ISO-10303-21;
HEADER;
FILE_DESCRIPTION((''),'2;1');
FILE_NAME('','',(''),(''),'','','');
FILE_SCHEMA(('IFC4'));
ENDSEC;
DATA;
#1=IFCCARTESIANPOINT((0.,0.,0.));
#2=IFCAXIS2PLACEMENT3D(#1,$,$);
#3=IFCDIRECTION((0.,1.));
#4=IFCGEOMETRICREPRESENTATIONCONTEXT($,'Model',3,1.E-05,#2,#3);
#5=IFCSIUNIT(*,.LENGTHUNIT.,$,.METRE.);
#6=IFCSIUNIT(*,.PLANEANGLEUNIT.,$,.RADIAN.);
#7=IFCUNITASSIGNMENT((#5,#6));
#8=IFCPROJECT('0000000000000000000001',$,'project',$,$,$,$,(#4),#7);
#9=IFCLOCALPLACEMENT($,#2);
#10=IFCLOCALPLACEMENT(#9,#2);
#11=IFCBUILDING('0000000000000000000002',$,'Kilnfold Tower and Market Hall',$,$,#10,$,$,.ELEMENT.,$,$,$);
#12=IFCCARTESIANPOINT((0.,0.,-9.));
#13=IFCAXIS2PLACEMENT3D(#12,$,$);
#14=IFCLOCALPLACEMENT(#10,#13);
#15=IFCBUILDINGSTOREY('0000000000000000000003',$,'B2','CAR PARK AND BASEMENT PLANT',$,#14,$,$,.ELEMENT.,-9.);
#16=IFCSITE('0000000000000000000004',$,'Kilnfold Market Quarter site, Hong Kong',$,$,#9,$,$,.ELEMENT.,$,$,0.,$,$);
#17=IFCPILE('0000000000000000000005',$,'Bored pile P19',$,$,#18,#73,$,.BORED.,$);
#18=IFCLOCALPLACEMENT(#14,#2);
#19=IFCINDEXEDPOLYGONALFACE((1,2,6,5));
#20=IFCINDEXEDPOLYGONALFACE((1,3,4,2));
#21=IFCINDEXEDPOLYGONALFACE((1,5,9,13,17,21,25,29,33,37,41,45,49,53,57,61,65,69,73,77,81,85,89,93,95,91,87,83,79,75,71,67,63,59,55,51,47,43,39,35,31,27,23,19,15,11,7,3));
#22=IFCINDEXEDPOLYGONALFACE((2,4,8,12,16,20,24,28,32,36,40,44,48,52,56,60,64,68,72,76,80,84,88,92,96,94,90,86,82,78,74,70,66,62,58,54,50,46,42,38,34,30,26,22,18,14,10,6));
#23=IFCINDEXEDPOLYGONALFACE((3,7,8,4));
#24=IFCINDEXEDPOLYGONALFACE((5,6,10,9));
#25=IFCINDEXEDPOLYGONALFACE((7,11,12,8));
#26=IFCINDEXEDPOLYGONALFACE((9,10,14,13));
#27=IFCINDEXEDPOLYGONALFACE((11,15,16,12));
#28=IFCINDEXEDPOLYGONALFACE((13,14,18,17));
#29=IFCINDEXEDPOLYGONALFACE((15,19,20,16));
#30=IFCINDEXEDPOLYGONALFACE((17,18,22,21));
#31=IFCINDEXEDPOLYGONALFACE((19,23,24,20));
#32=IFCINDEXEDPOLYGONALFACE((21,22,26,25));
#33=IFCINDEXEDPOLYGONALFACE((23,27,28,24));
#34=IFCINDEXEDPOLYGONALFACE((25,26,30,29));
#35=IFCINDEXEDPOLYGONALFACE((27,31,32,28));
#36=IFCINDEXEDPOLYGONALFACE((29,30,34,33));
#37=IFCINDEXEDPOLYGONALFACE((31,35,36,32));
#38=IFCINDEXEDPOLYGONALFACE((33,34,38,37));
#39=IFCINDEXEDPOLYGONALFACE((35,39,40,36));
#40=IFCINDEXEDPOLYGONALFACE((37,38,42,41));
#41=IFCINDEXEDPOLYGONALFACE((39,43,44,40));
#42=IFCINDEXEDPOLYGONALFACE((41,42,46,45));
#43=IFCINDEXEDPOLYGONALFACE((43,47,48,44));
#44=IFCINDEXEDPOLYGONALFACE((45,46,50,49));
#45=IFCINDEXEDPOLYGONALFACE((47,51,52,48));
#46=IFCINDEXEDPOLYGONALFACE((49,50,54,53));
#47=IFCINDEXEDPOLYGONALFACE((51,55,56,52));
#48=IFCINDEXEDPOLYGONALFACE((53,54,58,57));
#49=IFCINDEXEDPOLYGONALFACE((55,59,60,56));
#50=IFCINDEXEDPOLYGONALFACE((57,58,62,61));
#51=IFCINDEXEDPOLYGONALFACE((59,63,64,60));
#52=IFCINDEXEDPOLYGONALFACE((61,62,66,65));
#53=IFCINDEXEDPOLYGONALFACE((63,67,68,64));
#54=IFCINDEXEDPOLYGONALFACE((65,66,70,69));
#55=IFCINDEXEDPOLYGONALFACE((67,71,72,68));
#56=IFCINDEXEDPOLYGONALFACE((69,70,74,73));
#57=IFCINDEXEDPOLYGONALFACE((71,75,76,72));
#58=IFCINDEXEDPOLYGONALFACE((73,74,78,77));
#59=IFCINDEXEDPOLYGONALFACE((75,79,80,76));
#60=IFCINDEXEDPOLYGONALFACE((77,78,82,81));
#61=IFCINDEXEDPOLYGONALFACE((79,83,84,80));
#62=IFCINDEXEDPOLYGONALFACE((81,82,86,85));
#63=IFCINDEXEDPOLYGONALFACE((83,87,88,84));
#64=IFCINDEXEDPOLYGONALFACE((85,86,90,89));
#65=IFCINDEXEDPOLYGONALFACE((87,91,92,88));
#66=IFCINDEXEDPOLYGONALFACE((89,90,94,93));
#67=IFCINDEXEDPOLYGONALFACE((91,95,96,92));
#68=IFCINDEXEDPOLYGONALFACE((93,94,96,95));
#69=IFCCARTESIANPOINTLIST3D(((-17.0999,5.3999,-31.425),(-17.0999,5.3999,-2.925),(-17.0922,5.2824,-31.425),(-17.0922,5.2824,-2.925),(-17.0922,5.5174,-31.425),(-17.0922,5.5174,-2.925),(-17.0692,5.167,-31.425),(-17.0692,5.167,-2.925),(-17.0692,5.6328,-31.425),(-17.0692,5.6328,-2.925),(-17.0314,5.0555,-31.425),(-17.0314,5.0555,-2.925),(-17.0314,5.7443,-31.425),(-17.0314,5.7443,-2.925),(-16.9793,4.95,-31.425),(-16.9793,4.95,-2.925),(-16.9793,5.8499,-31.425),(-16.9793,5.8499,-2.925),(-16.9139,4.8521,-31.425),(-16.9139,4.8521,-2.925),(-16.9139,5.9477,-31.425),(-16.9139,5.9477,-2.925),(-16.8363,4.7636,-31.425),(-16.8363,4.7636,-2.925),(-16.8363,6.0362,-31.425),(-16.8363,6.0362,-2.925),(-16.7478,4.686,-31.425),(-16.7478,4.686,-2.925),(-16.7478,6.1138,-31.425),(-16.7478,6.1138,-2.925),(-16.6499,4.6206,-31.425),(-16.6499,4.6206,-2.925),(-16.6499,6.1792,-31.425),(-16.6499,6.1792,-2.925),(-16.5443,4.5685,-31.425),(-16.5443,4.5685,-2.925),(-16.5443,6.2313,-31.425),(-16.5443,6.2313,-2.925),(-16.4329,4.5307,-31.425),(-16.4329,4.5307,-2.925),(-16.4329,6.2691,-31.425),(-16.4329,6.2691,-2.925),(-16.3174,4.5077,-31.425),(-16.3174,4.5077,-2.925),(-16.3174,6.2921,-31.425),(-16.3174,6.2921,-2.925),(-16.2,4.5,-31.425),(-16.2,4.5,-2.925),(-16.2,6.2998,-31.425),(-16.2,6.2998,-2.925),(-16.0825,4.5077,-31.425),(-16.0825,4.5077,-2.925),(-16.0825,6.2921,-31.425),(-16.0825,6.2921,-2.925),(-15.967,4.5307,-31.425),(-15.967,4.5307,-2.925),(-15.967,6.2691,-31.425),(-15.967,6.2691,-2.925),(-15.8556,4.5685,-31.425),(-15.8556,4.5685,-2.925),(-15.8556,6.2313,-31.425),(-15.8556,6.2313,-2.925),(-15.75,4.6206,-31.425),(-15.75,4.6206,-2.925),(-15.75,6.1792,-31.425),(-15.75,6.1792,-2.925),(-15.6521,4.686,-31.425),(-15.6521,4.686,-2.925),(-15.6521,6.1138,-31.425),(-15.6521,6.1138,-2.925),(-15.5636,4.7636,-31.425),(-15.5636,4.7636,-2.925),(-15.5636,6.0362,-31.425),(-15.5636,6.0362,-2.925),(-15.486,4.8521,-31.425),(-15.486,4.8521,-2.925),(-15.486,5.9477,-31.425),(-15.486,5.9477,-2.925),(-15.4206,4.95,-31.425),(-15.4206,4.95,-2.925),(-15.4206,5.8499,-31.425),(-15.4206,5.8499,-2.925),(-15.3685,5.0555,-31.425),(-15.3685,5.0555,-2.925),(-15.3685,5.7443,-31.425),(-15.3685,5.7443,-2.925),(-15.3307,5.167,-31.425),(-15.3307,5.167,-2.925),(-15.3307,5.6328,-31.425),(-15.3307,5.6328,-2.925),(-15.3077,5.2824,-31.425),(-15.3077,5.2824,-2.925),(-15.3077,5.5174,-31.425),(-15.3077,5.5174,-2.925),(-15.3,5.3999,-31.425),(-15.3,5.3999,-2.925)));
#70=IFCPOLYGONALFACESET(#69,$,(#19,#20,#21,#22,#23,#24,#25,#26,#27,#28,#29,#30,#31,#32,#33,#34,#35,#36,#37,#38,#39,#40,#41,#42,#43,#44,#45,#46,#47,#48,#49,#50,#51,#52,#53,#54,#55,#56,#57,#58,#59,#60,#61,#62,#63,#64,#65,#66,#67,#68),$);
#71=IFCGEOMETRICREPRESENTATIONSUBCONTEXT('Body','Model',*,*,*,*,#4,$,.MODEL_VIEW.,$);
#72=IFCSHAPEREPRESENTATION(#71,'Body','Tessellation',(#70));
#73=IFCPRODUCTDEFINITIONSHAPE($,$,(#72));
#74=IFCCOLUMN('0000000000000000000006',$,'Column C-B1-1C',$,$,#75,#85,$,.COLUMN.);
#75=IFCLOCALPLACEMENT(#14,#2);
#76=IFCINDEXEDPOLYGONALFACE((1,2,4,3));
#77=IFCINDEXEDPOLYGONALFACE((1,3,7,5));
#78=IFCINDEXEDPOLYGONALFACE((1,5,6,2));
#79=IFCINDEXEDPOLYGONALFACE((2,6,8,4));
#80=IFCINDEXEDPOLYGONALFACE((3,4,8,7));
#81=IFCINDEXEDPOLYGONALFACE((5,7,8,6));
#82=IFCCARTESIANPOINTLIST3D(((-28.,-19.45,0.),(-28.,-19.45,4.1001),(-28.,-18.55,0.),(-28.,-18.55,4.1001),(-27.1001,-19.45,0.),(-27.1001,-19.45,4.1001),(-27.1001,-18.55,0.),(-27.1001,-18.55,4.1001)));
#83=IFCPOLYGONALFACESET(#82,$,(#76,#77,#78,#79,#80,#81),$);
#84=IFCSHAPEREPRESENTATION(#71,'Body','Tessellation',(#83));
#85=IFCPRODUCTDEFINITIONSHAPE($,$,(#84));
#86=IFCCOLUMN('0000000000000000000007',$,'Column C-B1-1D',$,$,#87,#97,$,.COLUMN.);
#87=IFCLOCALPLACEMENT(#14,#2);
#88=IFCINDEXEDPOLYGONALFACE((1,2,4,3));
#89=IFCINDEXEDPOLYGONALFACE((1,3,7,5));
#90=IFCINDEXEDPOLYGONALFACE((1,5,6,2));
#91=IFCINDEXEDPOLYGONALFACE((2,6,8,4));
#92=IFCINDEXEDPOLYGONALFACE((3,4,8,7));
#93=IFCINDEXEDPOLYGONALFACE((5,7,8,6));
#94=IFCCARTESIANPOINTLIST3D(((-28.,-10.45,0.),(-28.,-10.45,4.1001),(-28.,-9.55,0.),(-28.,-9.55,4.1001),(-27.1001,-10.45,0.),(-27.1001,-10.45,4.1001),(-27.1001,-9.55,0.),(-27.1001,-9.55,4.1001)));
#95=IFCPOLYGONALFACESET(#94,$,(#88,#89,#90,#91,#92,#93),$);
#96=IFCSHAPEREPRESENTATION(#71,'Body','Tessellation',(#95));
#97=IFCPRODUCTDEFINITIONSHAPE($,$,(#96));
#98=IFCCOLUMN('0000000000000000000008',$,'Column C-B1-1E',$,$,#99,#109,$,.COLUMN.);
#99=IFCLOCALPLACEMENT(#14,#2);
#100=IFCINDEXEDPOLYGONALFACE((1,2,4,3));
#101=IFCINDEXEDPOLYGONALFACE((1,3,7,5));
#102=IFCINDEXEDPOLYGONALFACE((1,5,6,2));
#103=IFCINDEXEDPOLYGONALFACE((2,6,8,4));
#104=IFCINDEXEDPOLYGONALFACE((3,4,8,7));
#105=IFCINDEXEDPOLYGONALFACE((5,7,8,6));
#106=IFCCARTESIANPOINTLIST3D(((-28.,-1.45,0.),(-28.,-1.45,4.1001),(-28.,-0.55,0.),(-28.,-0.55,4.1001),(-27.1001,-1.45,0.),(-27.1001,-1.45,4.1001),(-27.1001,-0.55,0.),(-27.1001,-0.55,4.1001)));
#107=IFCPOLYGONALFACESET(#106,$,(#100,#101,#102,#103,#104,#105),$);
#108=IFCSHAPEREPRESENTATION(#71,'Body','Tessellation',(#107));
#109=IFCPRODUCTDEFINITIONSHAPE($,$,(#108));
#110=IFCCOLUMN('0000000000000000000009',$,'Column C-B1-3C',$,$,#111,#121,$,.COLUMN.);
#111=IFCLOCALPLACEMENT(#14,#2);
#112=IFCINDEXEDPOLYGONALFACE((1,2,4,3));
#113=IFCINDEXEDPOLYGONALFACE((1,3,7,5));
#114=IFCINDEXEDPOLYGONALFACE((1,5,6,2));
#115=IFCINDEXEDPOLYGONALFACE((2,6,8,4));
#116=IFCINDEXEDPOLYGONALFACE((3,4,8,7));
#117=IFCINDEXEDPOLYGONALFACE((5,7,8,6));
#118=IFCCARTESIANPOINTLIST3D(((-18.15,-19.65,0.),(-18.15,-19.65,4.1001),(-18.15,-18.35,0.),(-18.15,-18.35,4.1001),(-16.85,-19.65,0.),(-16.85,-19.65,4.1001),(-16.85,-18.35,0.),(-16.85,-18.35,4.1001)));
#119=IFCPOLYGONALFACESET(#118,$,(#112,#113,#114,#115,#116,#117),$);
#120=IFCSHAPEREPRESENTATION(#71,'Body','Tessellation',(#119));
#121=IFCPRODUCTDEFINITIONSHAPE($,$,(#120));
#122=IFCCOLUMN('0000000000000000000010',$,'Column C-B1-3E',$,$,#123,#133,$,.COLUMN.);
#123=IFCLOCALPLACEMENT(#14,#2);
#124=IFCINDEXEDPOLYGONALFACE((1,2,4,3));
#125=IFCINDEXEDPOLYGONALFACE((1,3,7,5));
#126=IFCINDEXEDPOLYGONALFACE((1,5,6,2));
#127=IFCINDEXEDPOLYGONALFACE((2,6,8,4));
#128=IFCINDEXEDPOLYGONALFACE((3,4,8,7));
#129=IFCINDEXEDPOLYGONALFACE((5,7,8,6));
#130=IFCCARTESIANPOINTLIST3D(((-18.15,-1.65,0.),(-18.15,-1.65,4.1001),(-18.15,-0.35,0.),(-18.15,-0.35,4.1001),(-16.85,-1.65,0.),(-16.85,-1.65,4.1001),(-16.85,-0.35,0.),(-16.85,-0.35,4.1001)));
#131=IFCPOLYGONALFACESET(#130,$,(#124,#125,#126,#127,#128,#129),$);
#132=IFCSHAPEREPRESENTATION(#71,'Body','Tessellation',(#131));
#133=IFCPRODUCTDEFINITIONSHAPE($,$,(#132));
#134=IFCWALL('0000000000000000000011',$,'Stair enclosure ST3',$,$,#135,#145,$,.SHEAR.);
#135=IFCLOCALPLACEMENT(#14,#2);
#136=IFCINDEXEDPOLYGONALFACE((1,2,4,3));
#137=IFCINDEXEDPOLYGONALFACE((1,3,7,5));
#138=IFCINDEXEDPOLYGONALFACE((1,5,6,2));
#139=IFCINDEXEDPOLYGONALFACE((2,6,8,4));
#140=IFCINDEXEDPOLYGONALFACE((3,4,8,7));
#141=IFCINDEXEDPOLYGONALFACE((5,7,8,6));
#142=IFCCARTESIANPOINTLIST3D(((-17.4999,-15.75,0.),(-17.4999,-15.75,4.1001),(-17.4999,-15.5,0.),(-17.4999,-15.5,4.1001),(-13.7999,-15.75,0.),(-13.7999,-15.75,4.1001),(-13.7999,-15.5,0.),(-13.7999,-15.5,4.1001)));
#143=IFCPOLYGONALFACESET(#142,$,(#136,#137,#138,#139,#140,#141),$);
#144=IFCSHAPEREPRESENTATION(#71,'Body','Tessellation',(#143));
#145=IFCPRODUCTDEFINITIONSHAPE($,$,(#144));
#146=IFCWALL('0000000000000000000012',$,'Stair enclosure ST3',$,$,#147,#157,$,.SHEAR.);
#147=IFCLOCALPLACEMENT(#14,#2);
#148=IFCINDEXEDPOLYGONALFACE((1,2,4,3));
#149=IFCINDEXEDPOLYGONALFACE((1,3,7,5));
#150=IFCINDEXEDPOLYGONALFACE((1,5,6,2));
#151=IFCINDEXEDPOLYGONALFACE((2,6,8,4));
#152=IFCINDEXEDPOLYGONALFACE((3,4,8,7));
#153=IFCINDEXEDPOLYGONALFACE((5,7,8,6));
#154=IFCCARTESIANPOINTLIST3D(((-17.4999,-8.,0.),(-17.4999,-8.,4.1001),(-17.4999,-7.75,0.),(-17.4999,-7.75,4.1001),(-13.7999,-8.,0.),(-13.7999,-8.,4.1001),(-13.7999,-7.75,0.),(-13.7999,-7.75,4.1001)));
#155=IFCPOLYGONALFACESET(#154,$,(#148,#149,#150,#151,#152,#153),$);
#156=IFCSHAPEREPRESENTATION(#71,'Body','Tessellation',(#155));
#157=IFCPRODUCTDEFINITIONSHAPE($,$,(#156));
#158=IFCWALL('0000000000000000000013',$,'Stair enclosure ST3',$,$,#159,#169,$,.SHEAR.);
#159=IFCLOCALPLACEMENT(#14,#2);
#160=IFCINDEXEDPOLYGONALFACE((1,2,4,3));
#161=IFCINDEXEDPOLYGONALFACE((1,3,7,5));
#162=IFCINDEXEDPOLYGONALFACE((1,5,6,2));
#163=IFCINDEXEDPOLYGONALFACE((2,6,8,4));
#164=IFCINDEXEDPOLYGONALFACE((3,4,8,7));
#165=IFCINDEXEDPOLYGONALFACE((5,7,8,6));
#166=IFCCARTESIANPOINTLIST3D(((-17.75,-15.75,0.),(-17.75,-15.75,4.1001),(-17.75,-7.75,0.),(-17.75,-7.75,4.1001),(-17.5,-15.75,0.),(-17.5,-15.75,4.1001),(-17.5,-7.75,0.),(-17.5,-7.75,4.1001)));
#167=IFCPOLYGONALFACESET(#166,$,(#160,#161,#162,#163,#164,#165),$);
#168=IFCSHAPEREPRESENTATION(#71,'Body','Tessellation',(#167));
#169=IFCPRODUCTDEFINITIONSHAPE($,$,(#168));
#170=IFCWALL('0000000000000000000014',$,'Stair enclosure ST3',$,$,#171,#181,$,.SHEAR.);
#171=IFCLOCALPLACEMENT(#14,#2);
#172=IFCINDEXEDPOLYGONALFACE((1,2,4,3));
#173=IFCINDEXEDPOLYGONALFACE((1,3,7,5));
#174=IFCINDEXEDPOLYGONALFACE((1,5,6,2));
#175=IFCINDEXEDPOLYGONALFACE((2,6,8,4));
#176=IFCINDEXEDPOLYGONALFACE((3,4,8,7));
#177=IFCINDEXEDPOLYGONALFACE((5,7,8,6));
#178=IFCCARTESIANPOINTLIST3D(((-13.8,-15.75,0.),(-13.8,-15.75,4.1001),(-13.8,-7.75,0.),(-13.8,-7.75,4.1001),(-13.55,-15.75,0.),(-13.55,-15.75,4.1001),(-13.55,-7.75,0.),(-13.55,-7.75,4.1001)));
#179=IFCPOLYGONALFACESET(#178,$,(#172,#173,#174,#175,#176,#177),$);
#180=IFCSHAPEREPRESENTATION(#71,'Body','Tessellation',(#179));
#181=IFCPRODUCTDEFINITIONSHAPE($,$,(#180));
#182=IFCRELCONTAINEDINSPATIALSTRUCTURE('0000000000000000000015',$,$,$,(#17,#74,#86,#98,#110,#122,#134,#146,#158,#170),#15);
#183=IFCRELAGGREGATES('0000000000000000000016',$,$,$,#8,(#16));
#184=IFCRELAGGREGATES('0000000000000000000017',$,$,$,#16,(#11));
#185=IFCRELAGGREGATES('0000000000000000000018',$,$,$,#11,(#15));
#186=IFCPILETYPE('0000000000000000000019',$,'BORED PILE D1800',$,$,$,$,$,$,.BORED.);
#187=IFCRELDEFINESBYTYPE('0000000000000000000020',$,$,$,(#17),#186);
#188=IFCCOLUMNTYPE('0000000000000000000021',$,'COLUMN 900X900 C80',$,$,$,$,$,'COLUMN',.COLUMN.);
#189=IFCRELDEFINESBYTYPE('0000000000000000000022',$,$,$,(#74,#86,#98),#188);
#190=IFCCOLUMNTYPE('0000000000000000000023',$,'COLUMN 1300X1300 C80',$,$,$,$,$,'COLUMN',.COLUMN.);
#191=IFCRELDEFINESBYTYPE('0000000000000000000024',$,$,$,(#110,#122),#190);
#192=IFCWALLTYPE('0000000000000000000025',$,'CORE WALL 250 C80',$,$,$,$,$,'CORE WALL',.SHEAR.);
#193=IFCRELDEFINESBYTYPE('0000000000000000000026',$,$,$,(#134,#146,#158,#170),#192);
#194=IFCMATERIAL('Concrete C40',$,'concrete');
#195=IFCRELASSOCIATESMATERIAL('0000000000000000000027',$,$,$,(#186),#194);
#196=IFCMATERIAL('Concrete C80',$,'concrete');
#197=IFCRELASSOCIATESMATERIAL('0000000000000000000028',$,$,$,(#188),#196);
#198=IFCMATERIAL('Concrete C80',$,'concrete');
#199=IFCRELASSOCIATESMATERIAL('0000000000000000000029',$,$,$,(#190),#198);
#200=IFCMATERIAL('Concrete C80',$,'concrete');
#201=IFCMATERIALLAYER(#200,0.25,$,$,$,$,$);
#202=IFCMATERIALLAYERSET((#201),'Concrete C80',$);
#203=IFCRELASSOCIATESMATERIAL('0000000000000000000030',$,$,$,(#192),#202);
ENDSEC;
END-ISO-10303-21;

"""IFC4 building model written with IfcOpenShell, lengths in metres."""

from ifc_helpers import new_model, si_unit, direction, frame, frame_2d, origin, origin_2d, place, context, subcontext, project, spatial, rectangle, circle, extrude, source, transform, mapped, material, layer, layer_set, material_profile, profile_set, type_object, element, save


model = new_model("IFC4")

# Units and contexts
model_context = context("Model", 3, precision=1e-05, world=origin(), true_north=direction((0.0, 1.0)))
body_context = subcontext(model_context, "Body", "Model", "MODEL_VIEW")
ifc_project = project(units=[si_unit("LENGTHUNIT", "METRE"), si_unit("PLANEANGLEUNIT", "RADIAN")], contexts=[model_context])

# Site, building, storey
site_placement = place(None, origin())
site = spatial("IfcSite", under=ifc_project, at=site_placement, Name="Kilnfold Market Quarter site, Hong Kong", CompositionType="ELEMENT", RefElevation=0.0)
building_placement = place(site_placement, origin())
building = spatial("IfcBuilding", under=site, at=building_placement, Name="Kilnfold Tower and Market Hall", CompositionType="ELEMENT")
storey_placement = place(building_placement, frame((0.0, 0.0, -9.0)))
storey = spatial("IfcBuildingStorey", under=building, at=storey_placement, Name="B2", Description="CAR PARK AND BASEMENT PLANT", CompositionType="ELEMENT", Elevation=-9.0)

# Pile
ifc_material_1 = material(Name="Concrete C40", Category="concrete")
ifc_material_profile_1 = material_profile(ifc_material_1, circle(Radius=0.8999, at=origin_2d()), Name="RC D1800")
ifc_profile_set_1 = profile_set([ifc_material_profile_1], Name="Concrete C40")
pile_type = type_object("IfcPileType", Name="BORED PILE D1800", PredefinedType="BORED", material=ifc_profile_set_1)
shared_shape_1 = source(origin(), body_context, "Body", "SweptSolid", [
    extrude(circle(Radius=0.8999, at=origin_2d()), origin(), (0.0, 0.0, 1.0), 28.5),
])
for number, where, z_axis, x_axis, name in (
    (1, (-16.2, 5.3999, -2.925), (0.0, 0.0, -1.0), (1.0, 0.0, 0.0), "Bored pile P19"),
):
    element("IfcPile", number, at=place(storey_placement, frame(where, z_axis=z_axis, x_axis=x_axis)), inside=storey, type_object=pile_type, Name=name, PredefinedType="BORED", context=body_context, shape_type="MappedRepresentation", body=[
        mapped(shared_shape_1, transform((0.0, 0.0, 0.0))),
    ])

# Columns
ifc_material_2 = material(Name="Concrete C80", Category="concrete")
ifc_material_profile_2 = material_profile(ifc_material_2, rectangle(XDim=0.8999, YDim=0.8999, at=origin_2d()), Name="RC 900x900")
ifc_profile_set_2 = profile_set([ifc_material_profile_2], Name="Concrete C80")
column_type_1 = type_object("IfcColumnType", Name="COLUMN 900X900 C80", ElementType="COLUMN", PredefinedType="COLUMN", material=ifc_profile_set_2)
shared_shape_2 = source(origin(), body_context, "Body", "SweptSolid", [
    extrude(rectangle(XDim=0.8999, YDim=0.8999, at=origin_2d()), origin(), (0.0, 0.0, 1.0), 4.1001),
])
for number, where, z_axis, x_axis, name in (
    (2, (-27.55, -19.0, 0.0), (0.0, 0.0, 1.0), (1.0, 0.0, 0.0), "Column C-B1-1C"),
    (3, (-27.55, -10.0, 0.0), (0.0, 0.0, 1.0), (1.0, 0.0, 0.0), "Column C-B1-1D"),
    (4, (-27.55, -1.0, 0.0), (0.0, 0.0, 1.0), (1.0, 0.0, 0.0), "Column C-B1-1E"),
):
    element("IfcColumn", number, at=place(storey_placement, frame(where, z_axis=z_axis, x_axis=x_axis)), inside=storey, type_object=column_type_1, Name=name, PredefinedType="COLUMN", context=body_context, shape_type="MappedRepresentation", body=[
        mapped(shared_shape_2, transform((0.0, 0.0, 0.0))),
    ])
ifc_material_3 = material(Name="Concrete C80", Category="concrete")
ifc_material_profile_3 = material_profile(ifc_material_3, rectangle(XDim=1.3, YDim=1.3, at=origin_2d()), Name="RC 1300x1300")
ifc_profile_set_3 = profile_set([ifc_material_profile_3], Name="Concrete C80")
column_type_2 = type_object("IfcColumnType", Name="COLUMN 1300X1300 C80", ElementType="COLUMN", PredefinedType="COLUMN", material=ifc_profile_set_3)
shared_shape_3 = source(origin(), body_context, "Body", "SweptSolid", [
    extrude(rectangle(XDim=1.3, YDim=1.3, at=origin_2d()), origin(), (0.0, 0.0, 1.0), 4.1001),
])
for number, where, z_axis, x_axis, name in (
    (5, (-17.5, -19.0, 0.0), (0.0, 0.0, 1.0), (1.0, 0.0, 0.0), "Column C-B1-3C"),
    (6, (-17.5, -1.0, 0.0), (0.0, 0.0, 1.0), (1.0, 0.0, 0.0), "Column C-B1-3E"),
):
    element("IfcColumn", number, at=place(storey_placement, frame(where, z_axis=z_axis, x_axis=x_axis)), inside=storey, type_object=column_type_2, Name=name, PredefinedType="COLUMN", context=body_context, shape_type="MappedRepresentation", body=[
        mapped(shared_shape_3, transform((0.0, 0.0, 0.0))),
    ])

# Walls
ifc_material_4 = material(Name="Concrete C80", Category="concrete")
ifc_layer = layer(ifc_material_4, 0.25)
ifc_layer_set = layer_set([ifc_layer], Name="Concrete C80")
wall_type = type_object("IfcWallType", Name="CORE WALL 250 C80", ElementType="CORE WALL", PredefinedType="SHEAR", material=ifc_layer_set)
shared_shape_4 = source(origin(), body_context, "Body", "SweptSolid", [
    extrude(rectangle(XDim=3.7, YDim=0.25, at=frame_2d((1.8501, 0.0))), origin(), (0.0, 0.0, 1.0), 4.1001),
])
for number, where, z_axis, x_axis, name in (
    (7, (-17.5, -15.625, 0.0), (0.0, 0.0, 1.0), (1.0, 0.0, 0.0), "Stair enclosure ST3"),
    (8, (-17.5, -7.875, 0.0), (0.0, 0.0, 1.0), (1.0, 0.0, 0.0), "Stair enclosure ST3"),
):
    element("IfcWall", number, at=place(storey_placement, frame(where, z_axis=z_axis, x_axis=x_axis)), inside=storey, type_object=wall_type, Name=name, PredefinedType="SHEAR", context=body_context, shape_type="MappedRepresentation", body=[
        mapped(shared_shape_4, transform((0.0, 0.0, 0.0))),
    ])
shared_shape_5 = source(origin(), body_context, "Body", "SweptSolid", [
    extrude(rectangle(XDim=8.0, YDim=0.25, at=frame_2d((4.0, 0.0))), origin(), (0.0, 0.0, 1.0), 4.1001),
])
for number, where, z_axis, x_axis, name in (
    (9, (-17.625, -15.75, 0.0), (0.0, 0.0, 1.0), (0.0, 1.0, 0.0), "Stair enclosure ST3"),
    (10, (-13.675, -15.75, 0.0), (0.0, 0.0, 1.0), (0.0, 1.0, 0.0), "Stair enclosure ST3"),
):
    element("IfcWall", number, at=place(storey_placement, frame(where, z_axis=z_axis, x_axis=x_axis)), inside=storey, type_object=wall_type, Name=name, PredefinedType="SHEAR", context=body_context, shape_type="MappedRepresentation", body=[
        mapped(shared_shape_5, transform((0.0, 0.0, 0.0))),
    ])

save(model, "model.ifc")
